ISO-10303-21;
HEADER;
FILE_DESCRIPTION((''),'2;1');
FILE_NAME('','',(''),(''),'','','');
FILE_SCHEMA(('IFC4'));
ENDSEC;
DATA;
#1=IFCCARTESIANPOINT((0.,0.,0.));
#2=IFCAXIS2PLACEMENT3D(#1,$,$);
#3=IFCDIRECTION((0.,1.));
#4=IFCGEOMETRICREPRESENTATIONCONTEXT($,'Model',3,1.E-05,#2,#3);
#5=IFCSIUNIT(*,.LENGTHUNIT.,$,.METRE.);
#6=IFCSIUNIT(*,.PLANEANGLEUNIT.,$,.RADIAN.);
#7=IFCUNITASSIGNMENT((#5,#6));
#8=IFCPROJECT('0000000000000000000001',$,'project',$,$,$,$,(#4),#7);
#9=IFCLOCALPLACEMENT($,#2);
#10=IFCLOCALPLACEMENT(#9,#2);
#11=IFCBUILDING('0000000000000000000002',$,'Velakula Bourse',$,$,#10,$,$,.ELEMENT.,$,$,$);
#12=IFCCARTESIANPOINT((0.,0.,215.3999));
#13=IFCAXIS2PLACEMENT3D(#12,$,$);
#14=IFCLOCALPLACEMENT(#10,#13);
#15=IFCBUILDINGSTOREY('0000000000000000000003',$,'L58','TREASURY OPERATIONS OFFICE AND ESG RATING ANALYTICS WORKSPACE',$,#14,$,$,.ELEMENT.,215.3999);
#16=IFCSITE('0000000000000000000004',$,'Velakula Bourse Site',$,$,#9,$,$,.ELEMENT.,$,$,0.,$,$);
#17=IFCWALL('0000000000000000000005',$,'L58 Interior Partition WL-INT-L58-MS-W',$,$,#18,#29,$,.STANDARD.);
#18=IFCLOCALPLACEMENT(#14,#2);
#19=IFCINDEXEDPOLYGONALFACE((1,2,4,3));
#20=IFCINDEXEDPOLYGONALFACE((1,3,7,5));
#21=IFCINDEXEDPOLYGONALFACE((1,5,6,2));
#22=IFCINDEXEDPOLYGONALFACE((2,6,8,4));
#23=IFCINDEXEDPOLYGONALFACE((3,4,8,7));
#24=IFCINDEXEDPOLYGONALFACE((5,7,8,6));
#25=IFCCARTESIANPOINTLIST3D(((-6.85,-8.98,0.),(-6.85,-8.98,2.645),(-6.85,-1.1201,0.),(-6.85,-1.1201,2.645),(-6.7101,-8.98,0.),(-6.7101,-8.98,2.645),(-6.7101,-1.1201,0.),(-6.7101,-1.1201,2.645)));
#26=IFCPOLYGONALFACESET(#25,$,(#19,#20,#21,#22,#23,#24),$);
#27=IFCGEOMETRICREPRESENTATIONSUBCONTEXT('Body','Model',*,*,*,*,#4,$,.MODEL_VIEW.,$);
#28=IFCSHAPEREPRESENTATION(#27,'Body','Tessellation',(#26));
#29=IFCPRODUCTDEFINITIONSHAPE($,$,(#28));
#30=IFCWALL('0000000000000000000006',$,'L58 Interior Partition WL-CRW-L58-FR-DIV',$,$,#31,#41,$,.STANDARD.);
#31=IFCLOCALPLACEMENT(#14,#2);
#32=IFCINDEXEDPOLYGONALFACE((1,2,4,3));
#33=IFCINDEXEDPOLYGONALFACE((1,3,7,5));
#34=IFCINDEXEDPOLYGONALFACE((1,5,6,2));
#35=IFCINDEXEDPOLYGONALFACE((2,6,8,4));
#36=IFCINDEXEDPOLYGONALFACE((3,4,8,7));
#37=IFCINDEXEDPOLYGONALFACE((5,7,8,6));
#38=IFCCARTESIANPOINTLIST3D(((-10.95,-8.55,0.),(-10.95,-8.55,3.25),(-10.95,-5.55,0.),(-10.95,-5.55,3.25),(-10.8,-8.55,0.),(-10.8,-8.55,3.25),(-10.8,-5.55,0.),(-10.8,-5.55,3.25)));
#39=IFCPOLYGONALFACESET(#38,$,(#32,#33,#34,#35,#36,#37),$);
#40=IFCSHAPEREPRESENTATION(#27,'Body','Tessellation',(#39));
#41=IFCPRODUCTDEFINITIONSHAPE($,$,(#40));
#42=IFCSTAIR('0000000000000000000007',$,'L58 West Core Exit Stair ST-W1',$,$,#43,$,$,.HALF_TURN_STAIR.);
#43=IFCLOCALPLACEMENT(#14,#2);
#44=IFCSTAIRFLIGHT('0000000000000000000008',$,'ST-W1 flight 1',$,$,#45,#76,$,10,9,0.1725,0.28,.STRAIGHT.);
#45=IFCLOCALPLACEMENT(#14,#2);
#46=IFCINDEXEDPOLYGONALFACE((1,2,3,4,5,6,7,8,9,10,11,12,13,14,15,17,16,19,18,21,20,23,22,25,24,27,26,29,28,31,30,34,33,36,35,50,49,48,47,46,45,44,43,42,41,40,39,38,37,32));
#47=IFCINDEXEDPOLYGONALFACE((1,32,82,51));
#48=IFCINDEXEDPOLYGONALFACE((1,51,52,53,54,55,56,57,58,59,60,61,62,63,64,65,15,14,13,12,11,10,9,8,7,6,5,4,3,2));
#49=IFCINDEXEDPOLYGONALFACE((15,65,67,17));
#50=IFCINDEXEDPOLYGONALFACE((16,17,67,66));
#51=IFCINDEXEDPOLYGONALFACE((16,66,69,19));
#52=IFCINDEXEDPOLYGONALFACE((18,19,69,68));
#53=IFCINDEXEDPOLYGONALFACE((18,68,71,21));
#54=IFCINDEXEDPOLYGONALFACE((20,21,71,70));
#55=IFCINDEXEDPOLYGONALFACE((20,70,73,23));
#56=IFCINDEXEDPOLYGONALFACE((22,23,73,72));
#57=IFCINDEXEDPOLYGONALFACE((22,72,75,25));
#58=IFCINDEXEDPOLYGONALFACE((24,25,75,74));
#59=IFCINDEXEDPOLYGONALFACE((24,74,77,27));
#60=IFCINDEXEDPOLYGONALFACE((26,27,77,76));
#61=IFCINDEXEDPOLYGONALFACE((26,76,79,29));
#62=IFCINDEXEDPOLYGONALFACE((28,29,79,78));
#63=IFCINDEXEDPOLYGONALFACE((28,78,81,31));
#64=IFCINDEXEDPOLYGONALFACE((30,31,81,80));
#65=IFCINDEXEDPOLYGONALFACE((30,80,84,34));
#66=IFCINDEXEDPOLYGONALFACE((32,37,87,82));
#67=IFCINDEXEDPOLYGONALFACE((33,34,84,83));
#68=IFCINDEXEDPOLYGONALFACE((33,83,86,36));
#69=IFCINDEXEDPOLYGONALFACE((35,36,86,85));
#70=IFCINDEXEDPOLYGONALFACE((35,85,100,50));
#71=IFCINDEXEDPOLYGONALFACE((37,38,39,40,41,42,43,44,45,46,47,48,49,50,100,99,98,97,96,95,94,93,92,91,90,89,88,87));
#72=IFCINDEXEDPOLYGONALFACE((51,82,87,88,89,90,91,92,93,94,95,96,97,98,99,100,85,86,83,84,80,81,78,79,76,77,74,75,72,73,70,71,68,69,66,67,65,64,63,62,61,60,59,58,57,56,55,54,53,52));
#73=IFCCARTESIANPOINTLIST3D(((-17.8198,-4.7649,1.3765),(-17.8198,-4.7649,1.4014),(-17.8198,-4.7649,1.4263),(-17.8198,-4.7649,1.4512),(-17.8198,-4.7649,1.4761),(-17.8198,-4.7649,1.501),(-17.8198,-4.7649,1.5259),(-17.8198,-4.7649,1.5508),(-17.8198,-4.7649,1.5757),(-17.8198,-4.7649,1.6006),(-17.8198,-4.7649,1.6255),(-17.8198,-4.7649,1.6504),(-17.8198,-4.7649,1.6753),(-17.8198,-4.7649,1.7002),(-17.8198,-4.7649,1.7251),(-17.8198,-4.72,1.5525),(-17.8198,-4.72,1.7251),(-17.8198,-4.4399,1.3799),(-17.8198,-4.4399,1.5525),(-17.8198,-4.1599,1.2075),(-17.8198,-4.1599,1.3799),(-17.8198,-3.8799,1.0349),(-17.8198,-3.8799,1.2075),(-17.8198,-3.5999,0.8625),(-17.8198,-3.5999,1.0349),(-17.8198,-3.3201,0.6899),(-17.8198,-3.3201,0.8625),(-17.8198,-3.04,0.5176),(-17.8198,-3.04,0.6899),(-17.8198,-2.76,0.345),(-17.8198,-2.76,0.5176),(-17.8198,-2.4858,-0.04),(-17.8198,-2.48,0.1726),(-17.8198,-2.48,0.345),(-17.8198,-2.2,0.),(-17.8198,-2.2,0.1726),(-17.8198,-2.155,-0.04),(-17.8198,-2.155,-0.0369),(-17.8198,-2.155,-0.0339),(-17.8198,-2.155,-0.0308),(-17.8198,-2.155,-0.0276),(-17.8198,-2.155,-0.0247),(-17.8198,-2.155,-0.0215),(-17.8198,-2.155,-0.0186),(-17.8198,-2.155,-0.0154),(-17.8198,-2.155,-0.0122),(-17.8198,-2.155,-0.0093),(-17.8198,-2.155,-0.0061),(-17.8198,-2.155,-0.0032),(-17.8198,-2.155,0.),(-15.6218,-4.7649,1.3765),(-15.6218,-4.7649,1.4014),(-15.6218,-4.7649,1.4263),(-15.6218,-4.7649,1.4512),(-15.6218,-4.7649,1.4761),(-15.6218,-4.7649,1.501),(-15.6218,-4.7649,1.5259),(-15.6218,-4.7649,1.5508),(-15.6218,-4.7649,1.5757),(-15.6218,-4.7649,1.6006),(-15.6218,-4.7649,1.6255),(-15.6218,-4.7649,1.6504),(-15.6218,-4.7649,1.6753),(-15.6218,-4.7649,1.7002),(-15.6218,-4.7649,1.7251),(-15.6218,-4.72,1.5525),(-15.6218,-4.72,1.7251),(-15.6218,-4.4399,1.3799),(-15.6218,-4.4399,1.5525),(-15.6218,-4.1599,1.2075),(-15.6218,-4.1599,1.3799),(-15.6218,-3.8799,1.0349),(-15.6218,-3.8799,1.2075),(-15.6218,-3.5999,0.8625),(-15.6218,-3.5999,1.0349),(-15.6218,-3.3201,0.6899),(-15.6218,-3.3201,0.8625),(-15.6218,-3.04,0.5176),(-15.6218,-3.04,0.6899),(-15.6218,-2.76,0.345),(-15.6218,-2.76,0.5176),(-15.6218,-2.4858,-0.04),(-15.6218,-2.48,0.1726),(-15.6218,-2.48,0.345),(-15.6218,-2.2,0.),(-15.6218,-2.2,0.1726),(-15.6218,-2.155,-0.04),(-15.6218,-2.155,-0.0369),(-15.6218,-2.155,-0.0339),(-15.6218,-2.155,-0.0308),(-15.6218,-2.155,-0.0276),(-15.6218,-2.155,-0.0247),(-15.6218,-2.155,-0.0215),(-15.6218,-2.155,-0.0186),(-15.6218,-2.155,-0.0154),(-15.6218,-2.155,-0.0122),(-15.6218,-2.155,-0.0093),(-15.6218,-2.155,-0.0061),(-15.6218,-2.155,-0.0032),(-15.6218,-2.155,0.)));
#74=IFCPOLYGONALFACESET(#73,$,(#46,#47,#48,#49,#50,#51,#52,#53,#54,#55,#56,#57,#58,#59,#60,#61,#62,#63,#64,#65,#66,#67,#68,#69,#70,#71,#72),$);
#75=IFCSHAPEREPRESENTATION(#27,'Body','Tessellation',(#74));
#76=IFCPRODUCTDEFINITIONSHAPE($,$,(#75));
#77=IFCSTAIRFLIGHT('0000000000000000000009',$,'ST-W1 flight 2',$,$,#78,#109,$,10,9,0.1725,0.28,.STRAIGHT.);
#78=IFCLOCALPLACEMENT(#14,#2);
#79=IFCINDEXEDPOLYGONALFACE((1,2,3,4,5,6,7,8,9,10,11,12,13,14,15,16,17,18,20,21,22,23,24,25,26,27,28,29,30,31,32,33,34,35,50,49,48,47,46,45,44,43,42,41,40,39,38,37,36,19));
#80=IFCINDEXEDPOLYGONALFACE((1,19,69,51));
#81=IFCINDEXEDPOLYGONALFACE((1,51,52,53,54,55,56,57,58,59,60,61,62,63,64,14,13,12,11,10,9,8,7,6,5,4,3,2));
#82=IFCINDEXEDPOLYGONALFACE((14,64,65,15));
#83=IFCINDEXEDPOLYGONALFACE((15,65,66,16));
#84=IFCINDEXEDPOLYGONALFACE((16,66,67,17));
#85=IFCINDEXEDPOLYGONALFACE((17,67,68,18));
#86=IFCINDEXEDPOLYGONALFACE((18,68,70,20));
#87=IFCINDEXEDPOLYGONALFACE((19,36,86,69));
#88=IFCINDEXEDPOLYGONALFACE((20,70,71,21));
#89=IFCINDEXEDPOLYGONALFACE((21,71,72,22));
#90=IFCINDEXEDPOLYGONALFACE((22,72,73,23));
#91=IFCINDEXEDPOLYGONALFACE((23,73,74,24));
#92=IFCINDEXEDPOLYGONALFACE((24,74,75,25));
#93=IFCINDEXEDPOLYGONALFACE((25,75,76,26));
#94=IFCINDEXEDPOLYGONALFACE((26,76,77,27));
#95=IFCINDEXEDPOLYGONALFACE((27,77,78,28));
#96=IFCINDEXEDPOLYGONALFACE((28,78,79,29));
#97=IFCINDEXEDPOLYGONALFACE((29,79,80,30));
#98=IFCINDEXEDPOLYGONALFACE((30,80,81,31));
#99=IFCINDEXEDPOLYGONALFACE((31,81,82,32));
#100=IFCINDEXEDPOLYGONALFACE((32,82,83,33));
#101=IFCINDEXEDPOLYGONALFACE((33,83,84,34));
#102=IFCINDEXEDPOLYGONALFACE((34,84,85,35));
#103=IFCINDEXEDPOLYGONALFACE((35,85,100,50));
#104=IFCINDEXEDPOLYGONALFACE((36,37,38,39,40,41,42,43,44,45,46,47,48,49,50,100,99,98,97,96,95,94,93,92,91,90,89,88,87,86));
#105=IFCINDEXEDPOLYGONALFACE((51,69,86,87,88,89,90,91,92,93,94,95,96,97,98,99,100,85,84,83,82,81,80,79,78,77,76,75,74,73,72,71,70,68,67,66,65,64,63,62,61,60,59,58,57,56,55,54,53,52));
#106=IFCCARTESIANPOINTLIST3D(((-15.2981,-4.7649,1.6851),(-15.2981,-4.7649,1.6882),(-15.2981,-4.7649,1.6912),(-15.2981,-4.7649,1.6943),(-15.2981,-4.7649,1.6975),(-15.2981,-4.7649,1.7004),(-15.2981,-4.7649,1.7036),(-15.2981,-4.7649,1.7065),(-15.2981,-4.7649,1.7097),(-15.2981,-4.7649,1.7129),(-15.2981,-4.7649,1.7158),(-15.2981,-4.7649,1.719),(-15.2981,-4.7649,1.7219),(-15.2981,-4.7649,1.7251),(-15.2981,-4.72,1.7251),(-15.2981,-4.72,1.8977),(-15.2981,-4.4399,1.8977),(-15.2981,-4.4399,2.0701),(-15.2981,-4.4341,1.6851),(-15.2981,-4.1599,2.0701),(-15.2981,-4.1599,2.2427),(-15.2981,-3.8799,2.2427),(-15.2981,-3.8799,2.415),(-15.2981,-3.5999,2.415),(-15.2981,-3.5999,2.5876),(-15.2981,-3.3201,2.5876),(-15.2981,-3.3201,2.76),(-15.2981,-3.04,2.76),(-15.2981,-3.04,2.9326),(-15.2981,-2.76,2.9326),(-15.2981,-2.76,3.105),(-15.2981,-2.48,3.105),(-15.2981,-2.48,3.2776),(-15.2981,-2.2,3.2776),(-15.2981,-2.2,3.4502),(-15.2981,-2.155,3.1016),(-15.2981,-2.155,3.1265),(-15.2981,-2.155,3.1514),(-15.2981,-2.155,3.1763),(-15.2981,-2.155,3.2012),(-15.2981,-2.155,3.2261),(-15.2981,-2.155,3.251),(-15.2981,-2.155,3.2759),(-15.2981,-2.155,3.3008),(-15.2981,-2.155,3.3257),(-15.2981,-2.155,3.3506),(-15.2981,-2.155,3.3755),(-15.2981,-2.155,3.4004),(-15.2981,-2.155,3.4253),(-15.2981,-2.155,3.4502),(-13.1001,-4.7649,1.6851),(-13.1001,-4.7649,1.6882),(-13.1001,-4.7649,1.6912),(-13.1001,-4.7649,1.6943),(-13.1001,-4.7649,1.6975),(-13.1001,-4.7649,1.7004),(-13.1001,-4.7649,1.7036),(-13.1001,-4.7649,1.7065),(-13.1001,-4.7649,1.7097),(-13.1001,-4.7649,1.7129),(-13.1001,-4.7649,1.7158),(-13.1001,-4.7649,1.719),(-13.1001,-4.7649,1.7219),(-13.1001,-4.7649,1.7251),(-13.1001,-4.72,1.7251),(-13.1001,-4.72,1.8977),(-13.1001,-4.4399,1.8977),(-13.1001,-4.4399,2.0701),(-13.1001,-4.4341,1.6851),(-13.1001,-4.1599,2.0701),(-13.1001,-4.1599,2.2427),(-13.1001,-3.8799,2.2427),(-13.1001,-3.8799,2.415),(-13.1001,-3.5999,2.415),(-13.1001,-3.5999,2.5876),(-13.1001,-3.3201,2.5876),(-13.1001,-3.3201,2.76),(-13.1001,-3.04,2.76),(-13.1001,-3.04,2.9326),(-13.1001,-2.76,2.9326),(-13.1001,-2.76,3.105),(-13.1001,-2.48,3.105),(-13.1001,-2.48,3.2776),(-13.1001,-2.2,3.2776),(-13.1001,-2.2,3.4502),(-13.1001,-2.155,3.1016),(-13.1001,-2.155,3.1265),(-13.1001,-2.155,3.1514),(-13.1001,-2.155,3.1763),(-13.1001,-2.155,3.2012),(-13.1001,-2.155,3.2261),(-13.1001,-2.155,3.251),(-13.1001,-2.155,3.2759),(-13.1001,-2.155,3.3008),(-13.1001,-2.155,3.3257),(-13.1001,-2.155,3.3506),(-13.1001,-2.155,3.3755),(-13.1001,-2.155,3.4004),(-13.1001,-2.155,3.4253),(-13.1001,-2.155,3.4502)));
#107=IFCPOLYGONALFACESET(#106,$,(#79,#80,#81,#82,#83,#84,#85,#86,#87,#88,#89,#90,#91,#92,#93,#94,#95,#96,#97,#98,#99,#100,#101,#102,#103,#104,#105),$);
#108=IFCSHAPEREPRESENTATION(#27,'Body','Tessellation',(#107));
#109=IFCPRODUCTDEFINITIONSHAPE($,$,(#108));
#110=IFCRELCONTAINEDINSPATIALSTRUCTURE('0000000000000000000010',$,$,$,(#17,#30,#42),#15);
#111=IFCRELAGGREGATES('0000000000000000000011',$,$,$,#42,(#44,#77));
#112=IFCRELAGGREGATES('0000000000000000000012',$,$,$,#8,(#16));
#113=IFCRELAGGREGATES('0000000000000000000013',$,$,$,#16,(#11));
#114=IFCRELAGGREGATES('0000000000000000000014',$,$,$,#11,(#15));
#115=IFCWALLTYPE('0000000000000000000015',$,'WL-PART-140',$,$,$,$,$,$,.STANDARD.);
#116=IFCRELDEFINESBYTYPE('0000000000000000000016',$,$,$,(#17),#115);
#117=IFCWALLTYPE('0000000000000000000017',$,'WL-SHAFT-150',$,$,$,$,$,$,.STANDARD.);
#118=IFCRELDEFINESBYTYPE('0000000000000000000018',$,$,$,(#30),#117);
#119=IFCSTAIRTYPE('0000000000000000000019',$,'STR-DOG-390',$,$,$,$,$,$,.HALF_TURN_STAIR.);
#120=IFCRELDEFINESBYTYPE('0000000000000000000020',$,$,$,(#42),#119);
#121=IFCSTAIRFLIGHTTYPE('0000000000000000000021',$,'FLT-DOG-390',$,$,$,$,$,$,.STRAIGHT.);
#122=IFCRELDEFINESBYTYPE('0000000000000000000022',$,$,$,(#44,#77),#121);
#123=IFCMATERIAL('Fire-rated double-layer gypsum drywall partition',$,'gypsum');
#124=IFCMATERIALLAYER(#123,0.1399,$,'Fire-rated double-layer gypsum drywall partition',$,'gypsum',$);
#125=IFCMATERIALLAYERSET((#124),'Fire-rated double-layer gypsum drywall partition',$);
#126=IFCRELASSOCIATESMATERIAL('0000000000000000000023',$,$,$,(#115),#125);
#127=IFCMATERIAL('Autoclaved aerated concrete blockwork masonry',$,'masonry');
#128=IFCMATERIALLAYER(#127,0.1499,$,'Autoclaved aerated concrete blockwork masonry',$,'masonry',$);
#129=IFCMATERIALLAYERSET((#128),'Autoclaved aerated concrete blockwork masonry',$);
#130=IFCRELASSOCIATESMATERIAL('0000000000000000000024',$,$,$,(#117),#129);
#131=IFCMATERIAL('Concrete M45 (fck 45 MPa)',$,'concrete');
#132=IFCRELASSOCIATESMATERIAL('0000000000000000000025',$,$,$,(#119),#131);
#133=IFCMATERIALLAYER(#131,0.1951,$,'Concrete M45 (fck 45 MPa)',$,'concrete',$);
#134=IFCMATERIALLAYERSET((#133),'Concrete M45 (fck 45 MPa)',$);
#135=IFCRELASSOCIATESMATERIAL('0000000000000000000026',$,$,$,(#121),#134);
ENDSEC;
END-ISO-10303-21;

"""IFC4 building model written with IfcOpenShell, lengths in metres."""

from ifc_helpers import new_model, si_unit, direction, frame, frame_2d, origin, place, context, subcontext, project, spatial, polyline, rectangle, outline, extrude, material, layer, layer_set, type_object, element, aggregate, save


model = new_model("IFC4")

# Units and contexts
model_context = context("Model", 3, precision=1e-05, world=origin(), true_north=direction((0.0, 1.0)))
body_context = subcontext(model_context, "Body", "Model", "MODEL_VIEW")
ifc_project = project(units=[si_unit("LENGTHUNIT", "METRE"), si_unit("PLANEANGLEUNIT", "RADIAN")], contexts=[model_context])

# Site, building, storey
site_placement = place(None, origin())
site = spatial("IfcSite", under=ifc_project, at=site_placement, Name="Velakula Bourse Site", CompositionType="ELEMENT", RefElevation=0.0)
building_placement = place(site_placement, origin())
building = spatial("IfcBuilding", under=site, at=building_placement, Name="Velakula Bourse", CompositionType="ELEMENT")
storey_placement = place(building_placement, frame((0.0, 0.0, 215.3999)))
storey = spatial("IfcBuildingStorey", under=building, at=storey_placement, Name="L58", Description="TREASURY OPERATIONS OFFICE AND ESG RATING ANALYTICS WORKSPACE", CompositionType="ELEMENT", Elevation=215.3999)

# Wall
ifc_material_1 = material(Name="Fire-rated double-layer gypsum drywall partition", Category="gypsum")
ifc_layer_1 = layer(ifc_material_1, 0.1399, Name="Fire-rated double-layer gypsum drywall partition", Category="gypsum")
ifc_layer_set_1 = layer_set([ifc_layer_1], Name="Fire-rated double-layer gypsum drywall partition")
wall_type_1 = type_object("IfcWallType", Name="WL-PART-140", PredefinedType="STANDARD", material=ifc_layer_set_1)
wall_1_placement = place(storey_placement, frame((-6.78, -8.98, 0.0), z_axis=(0.0, 0.0, 1.0), x_axis=(0.0, 1.0, 0.0)))
element("IfcWall", 1, at=wall_1_placement, inside=storey, type_object=wall_type_1, Name="L58 Interior Partition WL-INT-L58-MS-W", PredefinedType="STANDARD", context=body_context, shape_type="SweptSolid", body=[
    extrude(rectangle(XDim=7.8599, YDim=0.1399, at=frame_2d((3.9299, 0.0))), origin(), (0.0, 0.0, 1.0), 2.645),
])

# Shared definitions
ifc_material_2 = material(Name="Autoclaved aerated concrete blockwork masonry", Category="masonry")
ifc_layer_2 = layer(ifc_material_2, 0.1499, Name="Autoclaved aerated concrete blockwork masonry", Category="masonry")
ifc_layer_set_2 = layer_set([ifc_layer_2], Name="Autoclaved aerated concrete blockwork masonry")
wall_type_2 = type_object("IfcWallType", Name="WL-SHAFT-150", PredefinedType="STANDARD", material=ifc_layer_set_2)

# Wall
wall_2_placement = place(storey_placement, frame((-10.875, -8.55, 0.0), z_axis=(0.0, 0.0, 1.0), x_axis=(0.0, 1.0, 0.0)))
element("IfcWall", 2, at=wall_2_placement, inside=storey, type_object=wall_type_2, Name="L58 Interior Partition WL-CRW-L58-FR-DIV", PredefinedType="STANDARD", context=body_context, shape_type="SweptSolid", body=[
    extrude(rectangle(XDim=3.0, YDim=0.1499, at=frame_2d((1.5, 0.0))), origin(), (0.0, 0.0, 1.0), 3.25),
])

# Stair, stair flights
ifc_material_3 = material(Name="Concrete M45 (fck 45 MPa)", Category="concrete")
stair_type = type_object("IfcStairType", Name="STR-DOG-390", PredefinedType="HALF_TURN_STAIR", material=ifc_material_3)
stair_placement = place(storey_placement, origin())
stair = element("IfcStair", 3, at=stair_placement, inside=storey, type_object=stair_type, Name="L58 West Core Exit Stair ST-W1", PredefinedType="HALF_TURN_STAIR")
ifc_layer_3 = layer(ifc_material_3, 0.1951, Name="Concrete M45 (fck 45 MPa)", Category="concrete")
ifc_layer_set_3 = layer_set([ifc_layer_3], Name="Concrete M45 (fck 45 MPa)")
stair_flight_type = type_object("IfcStairFlightType", Name="FLT-DOG-390", PredefinedType="STRAIGHT", material=ifc_layer_set_3)
stair_flight_1_placement = place(storey_placement, frame((-16.7209, -2.2, 0.0), z_axis=(0.0, 0.0, 1.0), x_axis=(0.0, -1.0, 0.0)))
stair_flight_1 = element("IfcStairFlight", 4, at=stair_flight_1_placement, type_object=stair_flight_type, Name="ST-W1 flight 1", NumberOfRisers=10, NumberOfTreads=9, PredefinedType="STRAIGHT", RiserHeight=0.1725, TreadLength=0.28, context=body_context, shape_type="SweptSolid", body=[
    extrude(outline(polyline([(-0.0449, -0.04), (-0.0449, -0.0369), (-0.0449, -0.0339), (-0.0449, -0.0308), (-0.0449, -0.0276), (-0.0449, -0.0247), (-0.0449, -0.0215), (-0.0449, -0.0186), (-0.0449, -0.0154), (-0.0449, -0.0122), (-0.0449, -0.0093), (-0.0449, -0.0061), (-0.0449, -0.0032), (-0.0449, 0.0), (0.0, 0.0), (0.0, 0.1726), (0.28, 0.1726), (0.28, 0.345), (0.5601, 0.345), (0.5601, 0.5176), (0.8401, 0.5176), (0.8401, 0.6899), (1.1201, 0.6899), (1.1201, 0.8625), (1.3999, 0.8625), (1.3999, 1.0349), (1.6799, 1.0349), (1.6799, 1.2075), (1.96, 1.2075), (1.96, 1.3799), (2.24, 1.3799), (2.24, 1.5525), (2.52, 1.5525), (2.52, 1.7251), (2.5649, 1.7251), (2.5649, 1.7002), (2.5649, 1.6753), (2.5649, 1.6504), (2.5649, 1.6255), (2.5649, 1.6006), (2.5649, 1.5757), (2.5649, 1.5508), (2.5649, 1.5259), (2.5649, 1.501), (2.5649, 1.4761), (2.5649, 1.4512), (2.5649, 1.4263), (2.5649, 1.4014), (2.5649, 1.3765), (0.2859, -0.04), (-0.0449, -0.04)])), frame((0.0, 1.0991, 0.0), z_axis=(0.0, -1.0, 0.0), x_axis=(1.0, 0.0, 0.0)), (0.0, 0.0, 1.0), 2.198),
])
stair_flight_2_placement = place(storey_placement, frame((-14.199, -4.72, 1.7251), z_axis=(0.0, 0.0, 1.0), x_axis=(0.0, 1.0, 0.0)))
stair_flight_2 = element("IfcStairFlight", 5, at=stair_flight_2_placement, type_object=stair_flight_type, Name="ST-W1 flight 2", NumberOfRisers=10, NumberOfTreads=9, PredefinedType="STRAIGHT", RiserHeight=0.1725, TreadLength=0.28, context=body_context, shape_type="SweptSolid", body=[
    extrude(outline(polyline([(-0.0449, -0.04), (-0.0449, -0.0369), (-0.0449, -0.0339), (-0.0449, -0.0308), (-0.0449, -0.0276), (-0.0449, -0.0247), (-0.0449, -0.0215), (-0.0449, -0.0186), (-0.0449, -0.0154), (-0.0449, -0.0122), (-0.0449, -0.0093), (-0.0449, -0.0061), (-0.0449, -0.0032), (-0.0449, 0.0), (0.0, 0.0), (0.0, 0.1726), (0.28, 0.1726), (0.28, 0.345), (0.5601, 0.345), (0.5601, 0.5176), (0.8401, 0.5176), (0.8401, 0.6899), (1.1201, 0.6899), (1.1201, 0.8625), (1.3999, 0.8625), (1.3999, 1.0349), (1.6799, 1.0349), (1.6799, 1.2075), (1.96, 1.2075), (1.96, 1.3799), (2.24, 1.3799), (2.24, 1.5525), (2.52, 1.5525), (2.52, 1.7251), (2.5649, 1.7251), (2.5649, 1.7002), (2.5649, 1.6753), (2.5649, 1.6504), (2.5649, 1.6255), (2.5649, 1.6006), (2.5649, 1.5757), (2.5649, 1.5508), (2.5649, 1.5259), (2.5649, 1.501), (2.5649, 1.4761), (2.5649, 1.4512), (2.5649, 1.4263), (2.5649, 1.4014), (2.5649, 1.3765), (0.2859, -0.04), (-0.0449, -0.04)])), frame((0.0, 1.0991, 0.0), z_axis=(0.0, -1.0, 0.0), x_axis=(1.0, 0.0, 0.0)), (0.0, 0.0, 1.0), 2.198),
])
aggregate(stair, [stair_flight_1, stair_flight_2])

save(model, "model.ifc")
